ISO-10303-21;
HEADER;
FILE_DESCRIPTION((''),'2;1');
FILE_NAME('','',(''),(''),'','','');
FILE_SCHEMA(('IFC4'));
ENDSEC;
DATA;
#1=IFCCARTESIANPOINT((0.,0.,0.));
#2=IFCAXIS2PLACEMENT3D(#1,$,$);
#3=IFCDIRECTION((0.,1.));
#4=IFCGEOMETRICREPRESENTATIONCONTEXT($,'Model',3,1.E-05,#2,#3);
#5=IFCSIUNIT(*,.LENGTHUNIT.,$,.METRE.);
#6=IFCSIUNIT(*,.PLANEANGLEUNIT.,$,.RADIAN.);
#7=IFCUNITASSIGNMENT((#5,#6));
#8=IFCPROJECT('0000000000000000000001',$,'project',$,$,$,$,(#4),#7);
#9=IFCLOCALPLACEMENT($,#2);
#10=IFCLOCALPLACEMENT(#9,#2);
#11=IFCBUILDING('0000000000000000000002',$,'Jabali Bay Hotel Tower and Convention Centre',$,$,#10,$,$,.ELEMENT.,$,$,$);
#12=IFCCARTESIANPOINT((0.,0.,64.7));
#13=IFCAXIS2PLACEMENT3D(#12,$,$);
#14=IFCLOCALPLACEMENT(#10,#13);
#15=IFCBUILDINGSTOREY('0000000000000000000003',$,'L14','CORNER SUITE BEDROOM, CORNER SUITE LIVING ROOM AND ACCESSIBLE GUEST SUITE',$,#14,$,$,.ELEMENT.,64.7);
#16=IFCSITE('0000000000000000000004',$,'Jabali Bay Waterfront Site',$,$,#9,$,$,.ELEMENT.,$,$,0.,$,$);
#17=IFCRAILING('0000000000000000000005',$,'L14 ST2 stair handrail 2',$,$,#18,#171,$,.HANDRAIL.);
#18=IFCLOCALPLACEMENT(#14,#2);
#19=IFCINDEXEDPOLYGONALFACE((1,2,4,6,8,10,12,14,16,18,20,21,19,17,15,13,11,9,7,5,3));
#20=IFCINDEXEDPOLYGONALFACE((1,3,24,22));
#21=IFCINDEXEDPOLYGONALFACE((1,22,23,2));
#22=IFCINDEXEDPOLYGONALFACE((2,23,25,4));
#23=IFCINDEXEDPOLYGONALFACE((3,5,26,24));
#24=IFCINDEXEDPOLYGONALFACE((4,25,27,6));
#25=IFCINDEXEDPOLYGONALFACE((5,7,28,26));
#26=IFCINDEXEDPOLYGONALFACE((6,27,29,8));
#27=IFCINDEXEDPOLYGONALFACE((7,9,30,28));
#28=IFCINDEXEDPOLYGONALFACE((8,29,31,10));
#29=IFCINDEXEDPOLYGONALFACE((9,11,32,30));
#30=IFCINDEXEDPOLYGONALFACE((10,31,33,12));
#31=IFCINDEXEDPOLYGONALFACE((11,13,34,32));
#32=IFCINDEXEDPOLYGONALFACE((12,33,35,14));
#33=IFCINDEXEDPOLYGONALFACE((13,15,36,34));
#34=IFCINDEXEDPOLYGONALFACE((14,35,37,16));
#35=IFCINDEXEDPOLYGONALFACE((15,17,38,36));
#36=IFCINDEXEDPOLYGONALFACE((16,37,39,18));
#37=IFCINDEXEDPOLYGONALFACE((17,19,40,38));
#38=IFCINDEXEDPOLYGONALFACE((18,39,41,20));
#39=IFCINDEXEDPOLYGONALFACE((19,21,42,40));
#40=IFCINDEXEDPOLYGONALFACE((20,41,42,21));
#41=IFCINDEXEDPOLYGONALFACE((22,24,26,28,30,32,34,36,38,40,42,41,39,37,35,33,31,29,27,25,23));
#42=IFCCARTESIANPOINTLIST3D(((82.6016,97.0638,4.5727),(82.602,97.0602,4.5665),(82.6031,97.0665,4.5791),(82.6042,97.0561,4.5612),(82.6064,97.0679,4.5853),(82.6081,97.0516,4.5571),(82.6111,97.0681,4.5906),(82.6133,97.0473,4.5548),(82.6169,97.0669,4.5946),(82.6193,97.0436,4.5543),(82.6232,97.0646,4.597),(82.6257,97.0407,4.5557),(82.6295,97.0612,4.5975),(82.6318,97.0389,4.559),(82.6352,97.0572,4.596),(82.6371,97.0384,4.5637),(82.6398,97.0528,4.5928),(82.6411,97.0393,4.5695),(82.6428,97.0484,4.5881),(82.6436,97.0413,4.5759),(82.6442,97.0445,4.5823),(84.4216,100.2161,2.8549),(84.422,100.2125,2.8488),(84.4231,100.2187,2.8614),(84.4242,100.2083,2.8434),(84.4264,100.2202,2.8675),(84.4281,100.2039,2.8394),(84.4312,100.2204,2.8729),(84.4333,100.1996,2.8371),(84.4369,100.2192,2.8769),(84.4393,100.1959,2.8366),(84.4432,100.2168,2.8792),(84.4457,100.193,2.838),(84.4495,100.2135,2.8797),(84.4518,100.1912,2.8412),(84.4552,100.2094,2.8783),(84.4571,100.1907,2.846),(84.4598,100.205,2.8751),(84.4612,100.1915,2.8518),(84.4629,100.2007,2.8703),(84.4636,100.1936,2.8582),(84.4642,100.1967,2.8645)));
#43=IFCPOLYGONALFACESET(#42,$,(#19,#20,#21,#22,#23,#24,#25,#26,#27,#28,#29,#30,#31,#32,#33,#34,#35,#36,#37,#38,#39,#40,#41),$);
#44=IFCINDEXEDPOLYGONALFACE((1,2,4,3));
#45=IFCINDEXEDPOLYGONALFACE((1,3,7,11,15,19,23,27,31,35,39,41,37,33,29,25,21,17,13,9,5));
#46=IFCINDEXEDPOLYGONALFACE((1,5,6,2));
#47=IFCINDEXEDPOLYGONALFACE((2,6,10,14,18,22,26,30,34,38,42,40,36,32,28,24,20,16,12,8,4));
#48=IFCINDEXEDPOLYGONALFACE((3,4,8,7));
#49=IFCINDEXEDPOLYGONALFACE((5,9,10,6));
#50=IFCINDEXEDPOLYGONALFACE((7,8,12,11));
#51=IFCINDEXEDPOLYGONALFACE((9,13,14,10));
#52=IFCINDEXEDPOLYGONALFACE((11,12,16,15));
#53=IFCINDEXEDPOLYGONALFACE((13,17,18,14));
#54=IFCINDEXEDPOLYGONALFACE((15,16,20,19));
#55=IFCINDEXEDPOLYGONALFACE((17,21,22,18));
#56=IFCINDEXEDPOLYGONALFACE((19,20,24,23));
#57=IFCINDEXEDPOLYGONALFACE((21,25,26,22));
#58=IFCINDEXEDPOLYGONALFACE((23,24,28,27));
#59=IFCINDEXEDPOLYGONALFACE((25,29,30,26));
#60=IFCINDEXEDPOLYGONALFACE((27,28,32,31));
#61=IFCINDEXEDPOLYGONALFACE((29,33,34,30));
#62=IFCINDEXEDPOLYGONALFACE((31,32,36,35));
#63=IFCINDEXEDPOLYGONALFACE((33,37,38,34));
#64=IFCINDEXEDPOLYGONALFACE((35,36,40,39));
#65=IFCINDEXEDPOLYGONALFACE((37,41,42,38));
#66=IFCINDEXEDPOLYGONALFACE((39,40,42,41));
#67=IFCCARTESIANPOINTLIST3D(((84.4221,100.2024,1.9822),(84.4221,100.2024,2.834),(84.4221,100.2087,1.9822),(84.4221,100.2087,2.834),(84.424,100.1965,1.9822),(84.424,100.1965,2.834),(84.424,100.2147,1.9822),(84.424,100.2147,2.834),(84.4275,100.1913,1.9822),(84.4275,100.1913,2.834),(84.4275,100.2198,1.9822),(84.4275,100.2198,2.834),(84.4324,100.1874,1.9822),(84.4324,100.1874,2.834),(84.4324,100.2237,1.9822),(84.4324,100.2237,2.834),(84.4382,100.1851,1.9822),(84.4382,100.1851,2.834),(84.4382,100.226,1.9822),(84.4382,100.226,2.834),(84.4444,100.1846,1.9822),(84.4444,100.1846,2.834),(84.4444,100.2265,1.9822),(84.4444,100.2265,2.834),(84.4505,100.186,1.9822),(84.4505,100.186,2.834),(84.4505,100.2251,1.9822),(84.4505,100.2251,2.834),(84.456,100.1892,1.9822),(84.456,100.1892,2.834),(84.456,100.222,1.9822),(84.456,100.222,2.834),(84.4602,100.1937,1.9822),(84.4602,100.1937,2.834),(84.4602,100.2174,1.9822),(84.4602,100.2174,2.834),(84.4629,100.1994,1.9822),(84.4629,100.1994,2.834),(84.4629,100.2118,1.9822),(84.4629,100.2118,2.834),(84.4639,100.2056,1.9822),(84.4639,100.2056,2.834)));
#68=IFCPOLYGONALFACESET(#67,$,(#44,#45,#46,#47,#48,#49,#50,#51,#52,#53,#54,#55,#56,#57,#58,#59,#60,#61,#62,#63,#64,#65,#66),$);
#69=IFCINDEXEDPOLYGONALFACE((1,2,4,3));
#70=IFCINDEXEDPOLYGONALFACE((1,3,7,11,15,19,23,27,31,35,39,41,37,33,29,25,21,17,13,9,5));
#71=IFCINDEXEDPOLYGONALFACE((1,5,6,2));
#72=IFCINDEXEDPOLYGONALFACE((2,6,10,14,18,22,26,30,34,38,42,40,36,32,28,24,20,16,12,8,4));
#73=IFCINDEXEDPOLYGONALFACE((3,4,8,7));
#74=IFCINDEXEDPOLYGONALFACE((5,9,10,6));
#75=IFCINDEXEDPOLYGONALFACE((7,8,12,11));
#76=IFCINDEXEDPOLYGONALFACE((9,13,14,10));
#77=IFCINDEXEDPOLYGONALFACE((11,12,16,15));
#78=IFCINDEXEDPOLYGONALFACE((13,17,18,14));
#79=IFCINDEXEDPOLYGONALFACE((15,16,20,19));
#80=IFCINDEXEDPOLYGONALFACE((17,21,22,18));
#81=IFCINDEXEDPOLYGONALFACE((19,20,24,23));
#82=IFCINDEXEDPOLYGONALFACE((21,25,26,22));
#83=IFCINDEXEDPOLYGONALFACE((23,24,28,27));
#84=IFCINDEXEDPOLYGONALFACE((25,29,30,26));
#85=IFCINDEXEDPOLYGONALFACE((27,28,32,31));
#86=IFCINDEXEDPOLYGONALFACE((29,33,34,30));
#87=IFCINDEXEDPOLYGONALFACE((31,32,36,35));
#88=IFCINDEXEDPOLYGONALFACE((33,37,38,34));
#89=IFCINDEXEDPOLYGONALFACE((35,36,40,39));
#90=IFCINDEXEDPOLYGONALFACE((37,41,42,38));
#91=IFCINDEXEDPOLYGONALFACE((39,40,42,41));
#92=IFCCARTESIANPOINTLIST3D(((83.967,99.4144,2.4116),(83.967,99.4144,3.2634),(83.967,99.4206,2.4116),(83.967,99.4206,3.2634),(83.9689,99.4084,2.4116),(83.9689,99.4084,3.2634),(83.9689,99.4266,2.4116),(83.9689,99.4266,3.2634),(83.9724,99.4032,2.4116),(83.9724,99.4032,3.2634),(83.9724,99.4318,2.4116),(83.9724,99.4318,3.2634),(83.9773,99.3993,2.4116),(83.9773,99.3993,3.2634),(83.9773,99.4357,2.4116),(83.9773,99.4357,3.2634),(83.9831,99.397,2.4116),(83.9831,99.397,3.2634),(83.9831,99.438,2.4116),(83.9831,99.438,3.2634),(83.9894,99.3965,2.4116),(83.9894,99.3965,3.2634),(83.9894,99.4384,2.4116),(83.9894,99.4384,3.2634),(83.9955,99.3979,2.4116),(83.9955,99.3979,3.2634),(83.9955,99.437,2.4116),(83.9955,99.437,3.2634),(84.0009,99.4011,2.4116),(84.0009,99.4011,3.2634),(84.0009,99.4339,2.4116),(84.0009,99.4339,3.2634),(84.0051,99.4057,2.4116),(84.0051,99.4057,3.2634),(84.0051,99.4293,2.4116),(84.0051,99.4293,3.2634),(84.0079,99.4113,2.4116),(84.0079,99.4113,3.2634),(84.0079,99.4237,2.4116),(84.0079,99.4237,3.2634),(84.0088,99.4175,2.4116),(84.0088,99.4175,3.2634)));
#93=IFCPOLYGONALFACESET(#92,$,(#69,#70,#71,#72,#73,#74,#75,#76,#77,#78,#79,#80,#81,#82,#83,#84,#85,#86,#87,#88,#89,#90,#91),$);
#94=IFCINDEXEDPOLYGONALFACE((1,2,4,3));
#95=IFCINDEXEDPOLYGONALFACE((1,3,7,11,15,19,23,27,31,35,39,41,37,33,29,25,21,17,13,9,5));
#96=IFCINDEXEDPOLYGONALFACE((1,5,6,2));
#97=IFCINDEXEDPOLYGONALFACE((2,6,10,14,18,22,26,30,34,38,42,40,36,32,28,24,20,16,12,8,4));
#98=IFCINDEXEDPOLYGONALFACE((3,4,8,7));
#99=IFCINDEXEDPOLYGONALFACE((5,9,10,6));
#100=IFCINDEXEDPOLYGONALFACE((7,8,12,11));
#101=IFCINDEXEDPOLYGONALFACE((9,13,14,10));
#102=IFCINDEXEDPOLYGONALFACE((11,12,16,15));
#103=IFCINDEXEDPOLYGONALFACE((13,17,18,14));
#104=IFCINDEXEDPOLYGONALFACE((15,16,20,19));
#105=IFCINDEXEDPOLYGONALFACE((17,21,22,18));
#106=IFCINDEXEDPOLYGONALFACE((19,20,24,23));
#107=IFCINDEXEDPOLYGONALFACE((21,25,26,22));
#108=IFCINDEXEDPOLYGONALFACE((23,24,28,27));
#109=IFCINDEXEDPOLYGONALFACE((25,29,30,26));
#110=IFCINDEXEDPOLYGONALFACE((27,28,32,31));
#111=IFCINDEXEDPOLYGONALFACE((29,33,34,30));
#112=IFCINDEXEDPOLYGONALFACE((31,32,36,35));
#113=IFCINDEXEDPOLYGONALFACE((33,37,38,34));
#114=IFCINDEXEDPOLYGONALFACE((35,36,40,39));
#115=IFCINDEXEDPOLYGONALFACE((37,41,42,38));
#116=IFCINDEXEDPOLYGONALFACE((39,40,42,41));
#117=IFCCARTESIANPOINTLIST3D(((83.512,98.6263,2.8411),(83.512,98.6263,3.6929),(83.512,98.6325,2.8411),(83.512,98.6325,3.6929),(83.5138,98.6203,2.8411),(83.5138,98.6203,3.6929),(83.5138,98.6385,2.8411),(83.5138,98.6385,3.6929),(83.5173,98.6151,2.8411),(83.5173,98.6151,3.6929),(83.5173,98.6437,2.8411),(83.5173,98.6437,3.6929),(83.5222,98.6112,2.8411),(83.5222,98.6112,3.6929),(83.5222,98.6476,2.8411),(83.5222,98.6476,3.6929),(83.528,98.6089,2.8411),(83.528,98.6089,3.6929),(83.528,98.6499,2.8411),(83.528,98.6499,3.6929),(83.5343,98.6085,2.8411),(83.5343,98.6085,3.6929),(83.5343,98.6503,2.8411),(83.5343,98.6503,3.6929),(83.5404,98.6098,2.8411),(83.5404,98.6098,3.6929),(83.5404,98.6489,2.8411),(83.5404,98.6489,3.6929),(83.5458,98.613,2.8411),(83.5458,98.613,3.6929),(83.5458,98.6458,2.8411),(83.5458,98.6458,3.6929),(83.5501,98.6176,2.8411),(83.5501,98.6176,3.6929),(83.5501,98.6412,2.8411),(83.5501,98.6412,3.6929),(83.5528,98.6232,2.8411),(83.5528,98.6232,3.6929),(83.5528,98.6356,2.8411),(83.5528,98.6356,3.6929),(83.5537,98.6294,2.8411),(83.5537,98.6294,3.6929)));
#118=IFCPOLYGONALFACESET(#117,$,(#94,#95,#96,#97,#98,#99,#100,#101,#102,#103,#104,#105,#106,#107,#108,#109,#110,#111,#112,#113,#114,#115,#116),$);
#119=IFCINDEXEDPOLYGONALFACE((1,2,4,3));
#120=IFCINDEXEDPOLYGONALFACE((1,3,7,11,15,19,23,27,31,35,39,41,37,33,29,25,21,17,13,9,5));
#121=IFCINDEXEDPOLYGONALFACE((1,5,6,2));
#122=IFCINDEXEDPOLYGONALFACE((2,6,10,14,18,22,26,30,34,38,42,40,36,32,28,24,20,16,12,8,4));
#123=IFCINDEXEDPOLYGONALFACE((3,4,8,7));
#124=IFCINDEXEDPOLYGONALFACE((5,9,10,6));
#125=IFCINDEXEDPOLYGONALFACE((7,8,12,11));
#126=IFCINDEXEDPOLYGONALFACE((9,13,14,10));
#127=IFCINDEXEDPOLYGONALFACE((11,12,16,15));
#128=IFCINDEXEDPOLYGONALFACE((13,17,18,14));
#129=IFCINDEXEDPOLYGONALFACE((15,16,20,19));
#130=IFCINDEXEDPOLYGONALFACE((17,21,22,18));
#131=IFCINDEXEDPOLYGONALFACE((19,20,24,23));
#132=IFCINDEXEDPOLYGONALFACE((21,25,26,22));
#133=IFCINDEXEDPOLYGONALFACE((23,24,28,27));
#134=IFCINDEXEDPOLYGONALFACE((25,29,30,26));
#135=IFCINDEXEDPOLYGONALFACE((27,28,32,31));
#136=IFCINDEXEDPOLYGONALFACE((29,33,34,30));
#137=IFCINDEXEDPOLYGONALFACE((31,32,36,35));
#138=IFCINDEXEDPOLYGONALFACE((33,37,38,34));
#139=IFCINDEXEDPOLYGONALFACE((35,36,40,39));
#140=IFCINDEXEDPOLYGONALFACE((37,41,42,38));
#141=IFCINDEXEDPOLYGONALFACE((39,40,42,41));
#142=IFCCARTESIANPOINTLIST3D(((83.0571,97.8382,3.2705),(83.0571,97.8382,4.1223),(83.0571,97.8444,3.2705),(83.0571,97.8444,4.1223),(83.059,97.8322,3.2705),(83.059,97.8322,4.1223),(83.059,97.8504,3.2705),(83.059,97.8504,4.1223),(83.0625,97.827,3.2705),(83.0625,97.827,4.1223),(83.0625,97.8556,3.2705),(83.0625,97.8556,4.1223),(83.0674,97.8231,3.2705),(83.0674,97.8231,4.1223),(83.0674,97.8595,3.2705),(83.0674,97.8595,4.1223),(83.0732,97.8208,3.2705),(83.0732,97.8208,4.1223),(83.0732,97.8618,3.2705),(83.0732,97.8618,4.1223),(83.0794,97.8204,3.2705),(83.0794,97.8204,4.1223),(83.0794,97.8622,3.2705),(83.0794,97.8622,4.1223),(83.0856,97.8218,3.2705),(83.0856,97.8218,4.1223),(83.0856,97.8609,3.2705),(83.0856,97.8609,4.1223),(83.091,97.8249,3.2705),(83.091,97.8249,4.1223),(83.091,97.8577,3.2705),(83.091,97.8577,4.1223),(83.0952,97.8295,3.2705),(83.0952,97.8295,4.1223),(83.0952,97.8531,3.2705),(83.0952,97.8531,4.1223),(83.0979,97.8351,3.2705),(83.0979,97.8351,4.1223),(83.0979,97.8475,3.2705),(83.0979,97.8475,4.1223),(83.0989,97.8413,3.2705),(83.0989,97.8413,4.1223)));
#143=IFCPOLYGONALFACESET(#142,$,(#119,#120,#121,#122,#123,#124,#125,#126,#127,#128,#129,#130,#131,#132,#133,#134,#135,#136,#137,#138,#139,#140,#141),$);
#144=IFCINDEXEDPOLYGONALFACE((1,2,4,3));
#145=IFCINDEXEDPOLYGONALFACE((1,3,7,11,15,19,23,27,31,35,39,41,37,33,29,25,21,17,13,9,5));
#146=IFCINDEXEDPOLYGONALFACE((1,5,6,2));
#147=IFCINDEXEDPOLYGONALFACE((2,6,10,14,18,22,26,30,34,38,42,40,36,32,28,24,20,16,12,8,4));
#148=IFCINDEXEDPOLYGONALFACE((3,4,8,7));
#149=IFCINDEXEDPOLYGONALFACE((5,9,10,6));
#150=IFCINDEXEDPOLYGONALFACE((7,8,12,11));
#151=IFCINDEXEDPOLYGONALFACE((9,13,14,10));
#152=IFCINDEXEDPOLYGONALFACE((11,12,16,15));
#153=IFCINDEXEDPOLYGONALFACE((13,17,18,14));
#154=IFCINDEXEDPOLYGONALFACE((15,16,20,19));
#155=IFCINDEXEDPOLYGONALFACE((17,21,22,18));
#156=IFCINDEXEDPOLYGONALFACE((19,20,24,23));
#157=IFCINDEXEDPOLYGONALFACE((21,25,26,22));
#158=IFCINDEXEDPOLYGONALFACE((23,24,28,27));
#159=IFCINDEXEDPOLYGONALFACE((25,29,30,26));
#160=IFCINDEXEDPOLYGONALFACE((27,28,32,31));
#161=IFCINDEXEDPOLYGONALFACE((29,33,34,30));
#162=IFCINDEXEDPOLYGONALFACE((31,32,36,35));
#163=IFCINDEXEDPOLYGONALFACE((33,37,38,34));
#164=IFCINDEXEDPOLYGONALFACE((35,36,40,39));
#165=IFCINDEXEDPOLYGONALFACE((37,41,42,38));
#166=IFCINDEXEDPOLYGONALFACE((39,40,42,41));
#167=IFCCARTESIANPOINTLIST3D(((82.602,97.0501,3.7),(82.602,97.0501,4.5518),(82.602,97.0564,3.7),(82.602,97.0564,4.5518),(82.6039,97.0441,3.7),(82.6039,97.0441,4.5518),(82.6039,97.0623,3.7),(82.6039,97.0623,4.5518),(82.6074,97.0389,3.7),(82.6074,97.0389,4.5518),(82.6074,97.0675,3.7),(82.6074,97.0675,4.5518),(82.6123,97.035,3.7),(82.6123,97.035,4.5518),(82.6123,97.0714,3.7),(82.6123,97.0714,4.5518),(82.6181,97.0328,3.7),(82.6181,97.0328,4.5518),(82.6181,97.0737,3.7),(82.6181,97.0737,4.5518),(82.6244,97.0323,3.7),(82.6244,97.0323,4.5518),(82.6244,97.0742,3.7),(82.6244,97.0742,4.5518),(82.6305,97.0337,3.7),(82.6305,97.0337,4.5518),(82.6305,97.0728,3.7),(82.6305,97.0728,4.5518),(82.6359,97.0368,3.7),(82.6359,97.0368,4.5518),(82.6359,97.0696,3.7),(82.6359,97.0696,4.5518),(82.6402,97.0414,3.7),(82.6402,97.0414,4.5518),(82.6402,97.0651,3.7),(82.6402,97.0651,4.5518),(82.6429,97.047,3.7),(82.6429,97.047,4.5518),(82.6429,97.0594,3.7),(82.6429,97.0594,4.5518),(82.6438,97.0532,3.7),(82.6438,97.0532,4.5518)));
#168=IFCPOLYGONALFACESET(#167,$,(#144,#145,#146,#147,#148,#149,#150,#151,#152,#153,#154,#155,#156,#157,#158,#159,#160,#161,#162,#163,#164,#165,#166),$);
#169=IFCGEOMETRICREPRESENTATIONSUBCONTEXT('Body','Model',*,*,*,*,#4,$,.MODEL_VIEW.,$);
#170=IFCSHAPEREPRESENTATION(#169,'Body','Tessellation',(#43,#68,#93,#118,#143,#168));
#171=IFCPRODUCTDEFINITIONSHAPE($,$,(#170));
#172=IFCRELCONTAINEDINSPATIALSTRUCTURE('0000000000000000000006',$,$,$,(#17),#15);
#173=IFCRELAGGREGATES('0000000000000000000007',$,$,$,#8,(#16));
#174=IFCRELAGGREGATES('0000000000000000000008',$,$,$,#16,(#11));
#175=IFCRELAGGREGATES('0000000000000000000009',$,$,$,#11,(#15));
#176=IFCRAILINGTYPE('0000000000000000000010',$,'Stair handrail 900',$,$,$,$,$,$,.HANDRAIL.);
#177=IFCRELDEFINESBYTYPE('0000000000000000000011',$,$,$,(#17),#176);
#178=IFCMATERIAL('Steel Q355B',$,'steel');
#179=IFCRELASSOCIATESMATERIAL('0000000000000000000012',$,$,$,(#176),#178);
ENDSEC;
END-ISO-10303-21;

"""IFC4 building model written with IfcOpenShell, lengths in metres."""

from ifc_helpers import new_model, si_unit, direction, frame, origin, origin_2d, place, context, subcontext, project, spatial, circle, extrude, material, type_object, element, save


model = new_model("IFC4")

# Units and contexts
model_context = context("Model", 3, precision=1e-05, world=origin(), true_north=direction((0.0, 1.0)))
body_context = subcontext(model_context, "Body", "Model", "MODEL_VIEW")
ifc_project = project(units=[si_unit("LENGTHUNIT", "METRE"), si_unit("PLANEANGLEUNIT", "RADIAN")], contexts=[model_context])

# Site, building, storey
site_placement = place(None, origin())
site = spatial("IfcSite", under=ifc_project, at=site_placement, Name="Jabali Bay Waterfront Site", CompositionType="ELEMENT", RefElevation=0.0)
building_placement = place(site_placement, origin())
building = spatial("IfcBuilding", under=site, at=building_placement, Name="Jabali Bay Hotel Tower and Convention Centre", CompositionType="ELEMENT")
storey_placement = place(building_placement, frame((0.0, 0.0, 64.7)))
storey = spatial("IfcBuildingStorey", under=building, at=storey_placement, Name="L14", Description="CORNER SUITE BEDROOM, CORNER SUITE LIVING ROOM AND ACCESSIBLE GUEST SUITE", CompositionType="ELEMENT", Elevation=64.7)

# Railing
ifc_material_1 = material(Name="Steel Q355B", Category="steel")
railing_type_1 = type_object("IfcRailingType", Name="Stair handrail 900", PredefinedType="HANDRAIL", material=ifc_material_1)
railing_1_placement = place(storey_placement, frame((84.4429, 100.2056, 1.9822)))
element("IfcRailing", 1, at=railing_1_placement, inside=storey, type_object=railing_type_1, Name="L14 ST2 stair handrail 2", PredefinedType="HANDRAIL", context=body_context, shape_type="SweptSolid", body=[
    extrude(circle(Radius=0.0239, at=origin_2d()), frame((0.0, 0.0, 0.876), z_axis=(-0.45219, -0.78319, 0.426775), x_axis=(0.866018, -0.500013, 0.0)), (0.0, 0.0, 1.0), 4.0249),
    extrude(circle(Radius=0.021, at=origin_2d()), origin(), (0.0, 0.0, 1.0), 0.8518),
    extrude(circle(Radius=0.021, at=origin_2d()), frame((-0.4551, -0.7881, 0.4294)), (0.0, 0.0, 1.0), 0.8518),
    extrude(circle(Radius=0.021, at=origin_2d()), frame((-0.9102, -1.5762, 0.8589)), (0.0, 0.0, 1.0), 0.8518),
    extrude(circle(Radius=0.021, at=origin_2d()), frame((-1.365, -2.3643, 1.2883)), (0.0, 0.0, 1.0), 0.8518),
    extrude(circle(Radius=0.021, at=origin_2d()), frame((-1.8201, -3.1523, 1.7178)), (0.0, 0.0, 1.0), 0.8518),
])

save(model, "model.ifc")
